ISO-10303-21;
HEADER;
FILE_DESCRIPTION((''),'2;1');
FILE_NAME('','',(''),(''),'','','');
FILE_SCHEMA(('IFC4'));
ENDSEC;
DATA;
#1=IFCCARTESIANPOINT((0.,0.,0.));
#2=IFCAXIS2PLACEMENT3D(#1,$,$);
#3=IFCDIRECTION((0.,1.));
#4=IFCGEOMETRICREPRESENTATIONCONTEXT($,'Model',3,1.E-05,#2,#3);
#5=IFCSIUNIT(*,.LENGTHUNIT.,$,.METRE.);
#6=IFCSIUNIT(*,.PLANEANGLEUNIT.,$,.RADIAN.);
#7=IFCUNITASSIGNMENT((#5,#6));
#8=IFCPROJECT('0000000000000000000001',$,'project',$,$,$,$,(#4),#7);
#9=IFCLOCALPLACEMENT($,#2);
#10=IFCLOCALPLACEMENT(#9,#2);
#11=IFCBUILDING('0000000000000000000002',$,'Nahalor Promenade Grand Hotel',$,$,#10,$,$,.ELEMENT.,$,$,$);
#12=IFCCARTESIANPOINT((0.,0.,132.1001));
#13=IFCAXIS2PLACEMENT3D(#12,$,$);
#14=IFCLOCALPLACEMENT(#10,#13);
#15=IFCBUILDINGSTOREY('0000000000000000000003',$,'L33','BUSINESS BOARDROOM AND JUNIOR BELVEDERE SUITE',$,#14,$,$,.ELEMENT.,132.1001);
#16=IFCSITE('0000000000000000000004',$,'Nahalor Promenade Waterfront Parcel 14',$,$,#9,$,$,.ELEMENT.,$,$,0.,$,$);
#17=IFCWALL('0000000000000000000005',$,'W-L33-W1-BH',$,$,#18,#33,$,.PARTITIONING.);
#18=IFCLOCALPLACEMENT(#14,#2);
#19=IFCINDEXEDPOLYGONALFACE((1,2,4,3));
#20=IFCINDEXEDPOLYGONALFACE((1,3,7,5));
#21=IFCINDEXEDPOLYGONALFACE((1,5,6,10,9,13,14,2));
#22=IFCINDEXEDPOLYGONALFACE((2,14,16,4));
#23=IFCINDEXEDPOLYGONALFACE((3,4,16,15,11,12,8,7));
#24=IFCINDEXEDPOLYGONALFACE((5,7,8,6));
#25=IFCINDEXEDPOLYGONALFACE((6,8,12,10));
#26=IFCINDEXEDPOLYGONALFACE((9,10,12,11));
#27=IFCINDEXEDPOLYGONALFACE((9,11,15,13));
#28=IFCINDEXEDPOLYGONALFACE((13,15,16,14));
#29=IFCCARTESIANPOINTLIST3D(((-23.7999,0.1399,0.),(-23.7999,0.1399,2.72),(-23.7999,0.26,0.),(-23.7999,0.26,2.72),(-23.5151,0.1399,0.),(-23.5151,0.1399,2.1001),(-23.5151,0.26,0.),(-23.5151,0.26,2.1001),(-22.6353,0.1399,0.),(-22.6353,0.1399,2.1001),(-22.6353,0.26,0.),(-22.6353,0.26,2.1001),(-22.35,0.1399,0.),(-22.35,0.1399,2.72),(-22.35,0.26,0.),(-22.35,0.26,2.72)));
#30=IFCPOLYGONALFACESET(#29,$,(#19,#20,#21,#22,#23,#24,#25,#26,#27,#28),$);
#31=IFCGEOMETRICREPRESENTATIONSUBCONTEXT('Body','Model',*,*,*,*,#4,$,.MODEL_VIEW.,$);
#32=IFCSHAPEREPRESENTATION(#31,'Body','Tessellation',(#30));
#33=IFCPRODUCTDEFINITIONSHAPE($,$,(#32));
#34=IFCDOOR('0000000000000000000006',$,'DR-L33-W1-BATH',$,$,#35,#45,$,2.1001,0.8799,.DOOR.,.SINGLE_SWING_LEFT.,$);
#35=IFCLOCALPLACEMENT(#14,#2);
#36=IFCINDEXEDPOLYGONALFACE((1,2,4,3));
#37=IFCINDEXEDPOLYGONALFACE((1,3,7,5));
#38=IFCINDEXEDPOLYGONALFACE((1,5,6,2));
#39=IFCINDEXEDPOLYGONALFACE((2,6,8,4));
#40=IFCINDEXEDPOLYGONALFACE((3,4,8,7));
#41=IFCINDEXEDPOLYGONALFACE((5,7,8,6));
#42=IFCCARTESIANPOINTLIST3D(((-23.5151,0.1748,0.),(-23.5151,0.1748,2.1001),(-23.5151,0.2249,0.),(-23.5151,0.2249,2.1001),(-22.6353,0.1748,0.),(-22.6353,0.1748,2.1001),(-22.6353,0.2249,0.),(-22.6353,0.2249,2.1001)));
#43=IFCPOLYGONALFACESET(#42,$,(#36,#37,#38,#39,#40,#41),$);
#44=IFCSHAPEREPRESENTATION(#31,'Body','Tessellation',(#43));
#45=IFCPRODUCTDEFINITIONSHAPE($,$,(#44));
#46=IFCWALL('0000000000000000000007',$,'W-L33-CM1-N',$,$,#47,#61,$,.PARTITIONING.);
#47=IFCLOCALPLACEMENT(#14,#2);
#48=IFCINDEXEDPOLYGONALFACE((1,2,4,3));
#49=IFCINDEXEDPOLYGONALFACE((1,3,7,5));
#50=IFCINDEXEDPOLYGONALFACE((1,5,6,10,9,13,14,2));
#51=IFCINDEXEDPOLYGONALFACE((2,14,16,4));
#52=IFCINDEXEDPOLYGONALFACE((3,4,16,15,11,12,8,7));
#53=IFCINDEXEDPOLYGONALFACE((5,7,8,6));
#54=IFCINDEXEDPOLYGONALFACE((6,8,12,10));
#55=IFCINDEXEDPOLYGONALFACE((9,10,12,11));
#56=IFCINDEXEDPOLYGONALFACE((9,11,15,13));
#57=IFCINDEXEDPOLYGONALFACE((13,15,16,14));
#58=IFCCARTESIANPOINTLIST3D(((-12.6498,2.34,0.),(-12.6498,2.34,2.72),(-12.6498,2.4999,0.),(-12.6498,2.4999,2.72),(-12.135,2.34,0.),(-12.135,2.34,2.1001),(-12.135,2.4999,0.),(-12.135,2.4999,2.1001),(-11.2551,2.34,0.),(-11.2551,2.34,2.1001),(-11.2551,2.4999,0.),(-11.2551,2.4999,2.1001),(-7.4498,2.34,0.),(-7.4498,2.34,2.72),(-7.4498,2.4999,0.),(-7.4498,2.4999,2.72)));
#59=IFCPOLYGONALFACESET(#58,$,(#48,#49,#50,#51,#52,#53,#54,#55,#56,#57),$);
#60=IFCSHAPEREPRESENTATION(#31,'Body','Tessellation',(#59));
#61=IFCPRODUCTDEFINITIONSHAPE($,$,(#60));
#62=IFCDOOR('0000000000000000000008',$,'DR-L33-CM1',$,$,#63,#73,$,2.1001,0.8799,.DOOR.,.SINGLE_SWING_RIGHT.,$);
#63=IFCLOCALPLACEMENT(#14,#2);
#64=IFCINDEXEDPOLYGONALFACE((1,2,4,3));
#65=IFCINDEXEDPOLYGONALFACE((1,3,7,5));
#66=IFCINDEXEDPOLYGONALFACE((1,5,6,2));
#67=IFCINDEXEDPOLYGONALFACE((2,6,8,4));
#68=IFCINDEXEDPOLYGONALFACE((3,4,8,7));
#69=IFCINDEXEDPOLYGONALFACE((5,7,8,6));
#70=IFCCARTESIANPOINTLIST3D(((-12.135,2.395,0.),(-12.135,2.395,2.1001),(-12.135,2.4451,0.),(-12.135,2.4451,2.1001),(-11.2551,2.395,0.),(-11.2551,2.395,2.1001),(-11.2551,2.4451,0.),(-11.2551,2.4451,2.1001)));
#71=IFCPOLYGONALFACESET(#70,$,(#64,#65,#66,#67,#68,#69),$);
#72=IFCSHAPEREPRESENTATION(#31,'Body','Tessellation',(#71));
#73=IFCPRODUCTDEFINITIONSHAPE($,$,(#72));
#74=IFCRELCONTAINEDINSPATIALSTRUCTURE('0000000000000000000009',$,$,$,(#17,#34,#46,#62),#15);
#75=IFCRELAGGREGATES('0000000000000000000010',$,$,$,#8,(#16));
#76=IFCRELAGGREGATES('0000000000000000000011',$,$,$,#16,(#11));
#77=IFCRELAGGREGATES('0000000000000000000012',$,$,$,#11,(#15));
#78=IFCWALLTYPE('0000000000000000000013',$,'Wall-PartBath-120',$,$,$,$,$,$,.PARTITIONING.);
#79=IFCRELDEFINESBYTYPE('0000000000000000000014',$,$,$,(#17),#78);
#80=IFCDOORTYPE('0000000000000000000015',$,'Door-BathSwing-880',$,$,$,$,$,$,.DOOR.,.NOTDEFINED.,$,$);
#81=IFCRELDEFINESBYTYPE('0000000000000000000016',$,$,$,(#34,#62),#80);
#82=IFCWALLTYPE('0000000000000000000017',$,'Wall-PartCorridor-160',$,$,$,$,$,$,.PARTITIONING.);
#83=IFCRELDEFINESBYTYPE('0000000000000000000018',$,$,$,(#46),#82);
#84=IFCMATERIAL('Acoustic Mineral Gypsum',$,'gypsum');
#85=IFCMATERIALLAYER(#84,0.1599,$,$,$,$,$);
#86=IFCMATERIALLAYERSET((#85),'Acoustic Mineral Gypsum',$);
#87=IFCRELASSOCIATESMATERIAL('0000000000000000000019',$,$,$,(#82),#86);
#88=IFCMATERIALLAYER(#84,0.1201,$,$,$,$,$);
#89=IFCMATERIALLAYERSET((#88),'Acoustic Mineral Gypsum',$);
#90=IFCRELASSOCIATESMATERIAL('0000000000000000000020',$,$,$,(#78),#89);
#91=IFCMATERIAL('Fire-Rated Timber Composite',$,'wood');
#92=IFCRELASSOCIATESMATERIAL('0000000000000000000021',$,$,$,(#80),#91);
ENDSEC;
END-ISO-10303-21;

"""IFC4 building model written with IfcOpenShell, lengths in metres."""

from ifc_helpers import new_model, si_unit, direction, frame, frame_2d, origin, place, context, subcontext, project, spatial, rectangle, extrude, source, transform, mapped, material, layer, layer_set, type_object, element, fill, save


model = new_model("IFC4")

# Units and contexts
model_context = context("Model", 3, precision=1e-05, world=origin(), true_north=direction((0.0, 1.0)))
body_context = subcontext(model_context, "Body", "Model", "MODEL_VIEW")
ifc_project = project(units=[si_unit("LENGTHUNIT", "METRE"), si_unit("PLANEANGLEUNIT", "RADIAN")], contexts=[model_context])

# Site, building, storey
site_placement = place(None, origin())
site = spatial("IfcSite", under=ifc_project, at=site_placement, Name="Nahalor Promenade Waterfront Parcel 14", CompositionType="ELEMENT", RefElevation=0.0)
building_placement = place(site_placement, origin())
building = spatial("IfcBuilding", under=site, at=building_placement, Name="Nahalor Promenade Grand Hotel", CompositionType="ELEMENT")
storey_placement = place(building_placement, frame((0.0, 0.0, 132.1001)))
storey = spatial("IfcBuildingStorey", under=building, at=storey_placement, Name="L33", Description="BUSINESS BOARDROOM AND JUNIOR BELVEDERE SUITE", CompositionType="ELEMENT", Elevation=132.1001)

# Shared definitions
ifc_material_1 = material(Name="Acoustic Mineral Gypsum", Category="gypsum")
ifc_layer_1 = layer(ifc_material_1, 0.1599)
ifc_layer_set_1 = layer_set([ifc_layer_1], Name="Acoustic Mineral Gypsum")
wall_type_1 = type_object("IfcWallType", Name="Wall-PartCorridor-160", PredefinedType="PARTITIONING", material=ifc_layer_set_1)
ifc_material_2 = material(Name="Fire-Rated Timber Composite", Category="wood")

# Shared definitions
ifc_layer_2 = layer(ifc_material_1, 0.1201)
ifc_layer_set_2 = layer_set([ifc_layer_2], Name="Acoustic Mineral Gypsum")
wall_type_2 = type_object("IfcWallType", Name="Wall-PartBath-120", PredefinedType="PARTITIONING", material=ifc_layer_set_2)

# Walls, openings, doors
shared_shape_1 = source(origin(), body_context, "Body", "SweptSolid", [
    extrude(rectangle(XDim=1.45, YDim=0.1201, at=frame_2d((0.7251, 0.0))), origin(), (0.0, 0.0, 1.0), 2.72),
])
wall_1_placement = place(storey_placement, frame((-23.8, 0.2, 0.0), z_axis=(0.0, 0.0, 1.0), x_axis=(1.0, 0.0, 0.0)))
wall_1 = element("IfcWall", 1, at=wall_1_placement, inside=storey, type_object=wall_type_2, Name="W-L33-W1-BH", PredefinedType="PARTITIONING", context=body_context, shape_type="MappedRepresentation", body=[
    mapped(shared_shape_1, transform((0.0, 0.0, 0.0), scale=1.0)),
])
opening_1_placement = place(wall_1_placement, frame((0.2849, 0.0, 0.0)))
opening_1 = element("IfcOpeningElement", 2, at=opening_1_placement, cuts=wall_1, PredefinedType="OPENING", context=body_context, shape_type="SweptSolid", body=[
    extrude(rectangle(XDim=0.8799, YDim=2.1001, at=frame_2d((0.4399, 1.05))), frame((0.0, 0.0701, 0.0), z_axis=(0.0, -1.0, 0.0), x_axis=(1.0, 0.0, 0.0)), (0.0, 0.0, 1.0), 0.1401),
])
door_type_1 = type_object("IfcDoorType", Name="Door-BathSwing-880", OperationType="NOTDEFINED", PredefinedType="DOOR", material=ifc_material_2)
shared_shape_2 = source(origin(), body_context, "Body", "SweptSolid", [
    extrude(rectangle(XDim=0.8799, YDim=2.1001, at=frame_2d((0.4399, 1.05))), frame((0.0, 0.0249, 0.0), z_axis=(0.0, -1.0, 0.0), x_axis=(1.0, 0.0, 0.0)), (0.0, 0.0, 1.0), 0.05),
])
door_1_placement = place(opening_1_placement, origin())
door_1 = element("IfcDoor", 3, at=door_1_placement, inside=storey, type_object=door_type_1, Name="DR-L33-W1-BATH", OperationType="SINGLE_SWING_LEFT", OverallHeight=2.1001, OverallWidth=0.8799, PredefinedType="DOOR", context=body_context, shape_type="MappedRepresentation", body=[
    mapped(shared_shape_2, transform((0.0, 0.0, 0.0), scale=1.0)),
])
fill(opening_1, door_1)
shared_shape_3 = source(origin(), body_context, "Body", "SweptSolid", [
    extrude(rectangle(XDim=5.2, YDim=0.1599, at=frame_2d((2.6001, 0.0))), origin(), (0.0, 0.0, 1.0), 2.72),
])
wall_2_placement = place(storey_placement, frame((-12.6499, 2.4199, 0.0), z_axis=(0.0, 0.0, 1.0), x_axis=(1.0, 0.0, 0.0)))
wall_2 = element("IfcWall", 4, at=wall_2_placement, inside=storey, type_object=wall_type_1, Name="W-L33-CM1-N", PredefinedType="PARTITIONING", context=body_context, shape_type="MappedRepresentation", body=[
    mapped(shared_shape_3, transform((0.0, 0.0, 0.0), scale=1.0)),
])
opening_2_placement = place(wall_2_placement, frame((0.5149, 0.0, 0.0)))
opening_2 = element("IfcOpeningElement", 5, at=opening_2_placement, cuts=wall_2, PredefinedType="OPENING", context=body_context, shape_type="SweptSolid", body=[
    extrude(rectangle(XDim=0.8799, YDim=2.1001, at=frame_2d((0.4399, 1.05))), frame((0.0, 0.0898, 0.0), z_axis=(0.0, -1.0, 0.0), x_axis=(1.0, 0.0, 0.0)), (0.0, 0.0, 1.0), 0.1799),
])
door_2_placement = place(opening_2_placement, frame((0.8799, 0.0, 0.0), z_axis=(0.0, 0.0, 1.0), x_axis=(-1.0, 0.0, 0.0)))
door_2 = element("IfcDoor", 6, at=door_2_placement, inside=storey, type_object=door_type_1, Name="DR-L33-CM1", OperationType="SINGLE_SWING_RIGHT", OverallHeight=2.1001, OverallWidth=0.8799, PredefinedType="DOOR", context=body_context, shape_type="MappedRepresentation", body=[
    mapped(shared_shape_2, transform((0.0, 0.0, 0.0), scale=1.0)),
])
fill(opening_2, door_2)

save(model, "model.ifc")
